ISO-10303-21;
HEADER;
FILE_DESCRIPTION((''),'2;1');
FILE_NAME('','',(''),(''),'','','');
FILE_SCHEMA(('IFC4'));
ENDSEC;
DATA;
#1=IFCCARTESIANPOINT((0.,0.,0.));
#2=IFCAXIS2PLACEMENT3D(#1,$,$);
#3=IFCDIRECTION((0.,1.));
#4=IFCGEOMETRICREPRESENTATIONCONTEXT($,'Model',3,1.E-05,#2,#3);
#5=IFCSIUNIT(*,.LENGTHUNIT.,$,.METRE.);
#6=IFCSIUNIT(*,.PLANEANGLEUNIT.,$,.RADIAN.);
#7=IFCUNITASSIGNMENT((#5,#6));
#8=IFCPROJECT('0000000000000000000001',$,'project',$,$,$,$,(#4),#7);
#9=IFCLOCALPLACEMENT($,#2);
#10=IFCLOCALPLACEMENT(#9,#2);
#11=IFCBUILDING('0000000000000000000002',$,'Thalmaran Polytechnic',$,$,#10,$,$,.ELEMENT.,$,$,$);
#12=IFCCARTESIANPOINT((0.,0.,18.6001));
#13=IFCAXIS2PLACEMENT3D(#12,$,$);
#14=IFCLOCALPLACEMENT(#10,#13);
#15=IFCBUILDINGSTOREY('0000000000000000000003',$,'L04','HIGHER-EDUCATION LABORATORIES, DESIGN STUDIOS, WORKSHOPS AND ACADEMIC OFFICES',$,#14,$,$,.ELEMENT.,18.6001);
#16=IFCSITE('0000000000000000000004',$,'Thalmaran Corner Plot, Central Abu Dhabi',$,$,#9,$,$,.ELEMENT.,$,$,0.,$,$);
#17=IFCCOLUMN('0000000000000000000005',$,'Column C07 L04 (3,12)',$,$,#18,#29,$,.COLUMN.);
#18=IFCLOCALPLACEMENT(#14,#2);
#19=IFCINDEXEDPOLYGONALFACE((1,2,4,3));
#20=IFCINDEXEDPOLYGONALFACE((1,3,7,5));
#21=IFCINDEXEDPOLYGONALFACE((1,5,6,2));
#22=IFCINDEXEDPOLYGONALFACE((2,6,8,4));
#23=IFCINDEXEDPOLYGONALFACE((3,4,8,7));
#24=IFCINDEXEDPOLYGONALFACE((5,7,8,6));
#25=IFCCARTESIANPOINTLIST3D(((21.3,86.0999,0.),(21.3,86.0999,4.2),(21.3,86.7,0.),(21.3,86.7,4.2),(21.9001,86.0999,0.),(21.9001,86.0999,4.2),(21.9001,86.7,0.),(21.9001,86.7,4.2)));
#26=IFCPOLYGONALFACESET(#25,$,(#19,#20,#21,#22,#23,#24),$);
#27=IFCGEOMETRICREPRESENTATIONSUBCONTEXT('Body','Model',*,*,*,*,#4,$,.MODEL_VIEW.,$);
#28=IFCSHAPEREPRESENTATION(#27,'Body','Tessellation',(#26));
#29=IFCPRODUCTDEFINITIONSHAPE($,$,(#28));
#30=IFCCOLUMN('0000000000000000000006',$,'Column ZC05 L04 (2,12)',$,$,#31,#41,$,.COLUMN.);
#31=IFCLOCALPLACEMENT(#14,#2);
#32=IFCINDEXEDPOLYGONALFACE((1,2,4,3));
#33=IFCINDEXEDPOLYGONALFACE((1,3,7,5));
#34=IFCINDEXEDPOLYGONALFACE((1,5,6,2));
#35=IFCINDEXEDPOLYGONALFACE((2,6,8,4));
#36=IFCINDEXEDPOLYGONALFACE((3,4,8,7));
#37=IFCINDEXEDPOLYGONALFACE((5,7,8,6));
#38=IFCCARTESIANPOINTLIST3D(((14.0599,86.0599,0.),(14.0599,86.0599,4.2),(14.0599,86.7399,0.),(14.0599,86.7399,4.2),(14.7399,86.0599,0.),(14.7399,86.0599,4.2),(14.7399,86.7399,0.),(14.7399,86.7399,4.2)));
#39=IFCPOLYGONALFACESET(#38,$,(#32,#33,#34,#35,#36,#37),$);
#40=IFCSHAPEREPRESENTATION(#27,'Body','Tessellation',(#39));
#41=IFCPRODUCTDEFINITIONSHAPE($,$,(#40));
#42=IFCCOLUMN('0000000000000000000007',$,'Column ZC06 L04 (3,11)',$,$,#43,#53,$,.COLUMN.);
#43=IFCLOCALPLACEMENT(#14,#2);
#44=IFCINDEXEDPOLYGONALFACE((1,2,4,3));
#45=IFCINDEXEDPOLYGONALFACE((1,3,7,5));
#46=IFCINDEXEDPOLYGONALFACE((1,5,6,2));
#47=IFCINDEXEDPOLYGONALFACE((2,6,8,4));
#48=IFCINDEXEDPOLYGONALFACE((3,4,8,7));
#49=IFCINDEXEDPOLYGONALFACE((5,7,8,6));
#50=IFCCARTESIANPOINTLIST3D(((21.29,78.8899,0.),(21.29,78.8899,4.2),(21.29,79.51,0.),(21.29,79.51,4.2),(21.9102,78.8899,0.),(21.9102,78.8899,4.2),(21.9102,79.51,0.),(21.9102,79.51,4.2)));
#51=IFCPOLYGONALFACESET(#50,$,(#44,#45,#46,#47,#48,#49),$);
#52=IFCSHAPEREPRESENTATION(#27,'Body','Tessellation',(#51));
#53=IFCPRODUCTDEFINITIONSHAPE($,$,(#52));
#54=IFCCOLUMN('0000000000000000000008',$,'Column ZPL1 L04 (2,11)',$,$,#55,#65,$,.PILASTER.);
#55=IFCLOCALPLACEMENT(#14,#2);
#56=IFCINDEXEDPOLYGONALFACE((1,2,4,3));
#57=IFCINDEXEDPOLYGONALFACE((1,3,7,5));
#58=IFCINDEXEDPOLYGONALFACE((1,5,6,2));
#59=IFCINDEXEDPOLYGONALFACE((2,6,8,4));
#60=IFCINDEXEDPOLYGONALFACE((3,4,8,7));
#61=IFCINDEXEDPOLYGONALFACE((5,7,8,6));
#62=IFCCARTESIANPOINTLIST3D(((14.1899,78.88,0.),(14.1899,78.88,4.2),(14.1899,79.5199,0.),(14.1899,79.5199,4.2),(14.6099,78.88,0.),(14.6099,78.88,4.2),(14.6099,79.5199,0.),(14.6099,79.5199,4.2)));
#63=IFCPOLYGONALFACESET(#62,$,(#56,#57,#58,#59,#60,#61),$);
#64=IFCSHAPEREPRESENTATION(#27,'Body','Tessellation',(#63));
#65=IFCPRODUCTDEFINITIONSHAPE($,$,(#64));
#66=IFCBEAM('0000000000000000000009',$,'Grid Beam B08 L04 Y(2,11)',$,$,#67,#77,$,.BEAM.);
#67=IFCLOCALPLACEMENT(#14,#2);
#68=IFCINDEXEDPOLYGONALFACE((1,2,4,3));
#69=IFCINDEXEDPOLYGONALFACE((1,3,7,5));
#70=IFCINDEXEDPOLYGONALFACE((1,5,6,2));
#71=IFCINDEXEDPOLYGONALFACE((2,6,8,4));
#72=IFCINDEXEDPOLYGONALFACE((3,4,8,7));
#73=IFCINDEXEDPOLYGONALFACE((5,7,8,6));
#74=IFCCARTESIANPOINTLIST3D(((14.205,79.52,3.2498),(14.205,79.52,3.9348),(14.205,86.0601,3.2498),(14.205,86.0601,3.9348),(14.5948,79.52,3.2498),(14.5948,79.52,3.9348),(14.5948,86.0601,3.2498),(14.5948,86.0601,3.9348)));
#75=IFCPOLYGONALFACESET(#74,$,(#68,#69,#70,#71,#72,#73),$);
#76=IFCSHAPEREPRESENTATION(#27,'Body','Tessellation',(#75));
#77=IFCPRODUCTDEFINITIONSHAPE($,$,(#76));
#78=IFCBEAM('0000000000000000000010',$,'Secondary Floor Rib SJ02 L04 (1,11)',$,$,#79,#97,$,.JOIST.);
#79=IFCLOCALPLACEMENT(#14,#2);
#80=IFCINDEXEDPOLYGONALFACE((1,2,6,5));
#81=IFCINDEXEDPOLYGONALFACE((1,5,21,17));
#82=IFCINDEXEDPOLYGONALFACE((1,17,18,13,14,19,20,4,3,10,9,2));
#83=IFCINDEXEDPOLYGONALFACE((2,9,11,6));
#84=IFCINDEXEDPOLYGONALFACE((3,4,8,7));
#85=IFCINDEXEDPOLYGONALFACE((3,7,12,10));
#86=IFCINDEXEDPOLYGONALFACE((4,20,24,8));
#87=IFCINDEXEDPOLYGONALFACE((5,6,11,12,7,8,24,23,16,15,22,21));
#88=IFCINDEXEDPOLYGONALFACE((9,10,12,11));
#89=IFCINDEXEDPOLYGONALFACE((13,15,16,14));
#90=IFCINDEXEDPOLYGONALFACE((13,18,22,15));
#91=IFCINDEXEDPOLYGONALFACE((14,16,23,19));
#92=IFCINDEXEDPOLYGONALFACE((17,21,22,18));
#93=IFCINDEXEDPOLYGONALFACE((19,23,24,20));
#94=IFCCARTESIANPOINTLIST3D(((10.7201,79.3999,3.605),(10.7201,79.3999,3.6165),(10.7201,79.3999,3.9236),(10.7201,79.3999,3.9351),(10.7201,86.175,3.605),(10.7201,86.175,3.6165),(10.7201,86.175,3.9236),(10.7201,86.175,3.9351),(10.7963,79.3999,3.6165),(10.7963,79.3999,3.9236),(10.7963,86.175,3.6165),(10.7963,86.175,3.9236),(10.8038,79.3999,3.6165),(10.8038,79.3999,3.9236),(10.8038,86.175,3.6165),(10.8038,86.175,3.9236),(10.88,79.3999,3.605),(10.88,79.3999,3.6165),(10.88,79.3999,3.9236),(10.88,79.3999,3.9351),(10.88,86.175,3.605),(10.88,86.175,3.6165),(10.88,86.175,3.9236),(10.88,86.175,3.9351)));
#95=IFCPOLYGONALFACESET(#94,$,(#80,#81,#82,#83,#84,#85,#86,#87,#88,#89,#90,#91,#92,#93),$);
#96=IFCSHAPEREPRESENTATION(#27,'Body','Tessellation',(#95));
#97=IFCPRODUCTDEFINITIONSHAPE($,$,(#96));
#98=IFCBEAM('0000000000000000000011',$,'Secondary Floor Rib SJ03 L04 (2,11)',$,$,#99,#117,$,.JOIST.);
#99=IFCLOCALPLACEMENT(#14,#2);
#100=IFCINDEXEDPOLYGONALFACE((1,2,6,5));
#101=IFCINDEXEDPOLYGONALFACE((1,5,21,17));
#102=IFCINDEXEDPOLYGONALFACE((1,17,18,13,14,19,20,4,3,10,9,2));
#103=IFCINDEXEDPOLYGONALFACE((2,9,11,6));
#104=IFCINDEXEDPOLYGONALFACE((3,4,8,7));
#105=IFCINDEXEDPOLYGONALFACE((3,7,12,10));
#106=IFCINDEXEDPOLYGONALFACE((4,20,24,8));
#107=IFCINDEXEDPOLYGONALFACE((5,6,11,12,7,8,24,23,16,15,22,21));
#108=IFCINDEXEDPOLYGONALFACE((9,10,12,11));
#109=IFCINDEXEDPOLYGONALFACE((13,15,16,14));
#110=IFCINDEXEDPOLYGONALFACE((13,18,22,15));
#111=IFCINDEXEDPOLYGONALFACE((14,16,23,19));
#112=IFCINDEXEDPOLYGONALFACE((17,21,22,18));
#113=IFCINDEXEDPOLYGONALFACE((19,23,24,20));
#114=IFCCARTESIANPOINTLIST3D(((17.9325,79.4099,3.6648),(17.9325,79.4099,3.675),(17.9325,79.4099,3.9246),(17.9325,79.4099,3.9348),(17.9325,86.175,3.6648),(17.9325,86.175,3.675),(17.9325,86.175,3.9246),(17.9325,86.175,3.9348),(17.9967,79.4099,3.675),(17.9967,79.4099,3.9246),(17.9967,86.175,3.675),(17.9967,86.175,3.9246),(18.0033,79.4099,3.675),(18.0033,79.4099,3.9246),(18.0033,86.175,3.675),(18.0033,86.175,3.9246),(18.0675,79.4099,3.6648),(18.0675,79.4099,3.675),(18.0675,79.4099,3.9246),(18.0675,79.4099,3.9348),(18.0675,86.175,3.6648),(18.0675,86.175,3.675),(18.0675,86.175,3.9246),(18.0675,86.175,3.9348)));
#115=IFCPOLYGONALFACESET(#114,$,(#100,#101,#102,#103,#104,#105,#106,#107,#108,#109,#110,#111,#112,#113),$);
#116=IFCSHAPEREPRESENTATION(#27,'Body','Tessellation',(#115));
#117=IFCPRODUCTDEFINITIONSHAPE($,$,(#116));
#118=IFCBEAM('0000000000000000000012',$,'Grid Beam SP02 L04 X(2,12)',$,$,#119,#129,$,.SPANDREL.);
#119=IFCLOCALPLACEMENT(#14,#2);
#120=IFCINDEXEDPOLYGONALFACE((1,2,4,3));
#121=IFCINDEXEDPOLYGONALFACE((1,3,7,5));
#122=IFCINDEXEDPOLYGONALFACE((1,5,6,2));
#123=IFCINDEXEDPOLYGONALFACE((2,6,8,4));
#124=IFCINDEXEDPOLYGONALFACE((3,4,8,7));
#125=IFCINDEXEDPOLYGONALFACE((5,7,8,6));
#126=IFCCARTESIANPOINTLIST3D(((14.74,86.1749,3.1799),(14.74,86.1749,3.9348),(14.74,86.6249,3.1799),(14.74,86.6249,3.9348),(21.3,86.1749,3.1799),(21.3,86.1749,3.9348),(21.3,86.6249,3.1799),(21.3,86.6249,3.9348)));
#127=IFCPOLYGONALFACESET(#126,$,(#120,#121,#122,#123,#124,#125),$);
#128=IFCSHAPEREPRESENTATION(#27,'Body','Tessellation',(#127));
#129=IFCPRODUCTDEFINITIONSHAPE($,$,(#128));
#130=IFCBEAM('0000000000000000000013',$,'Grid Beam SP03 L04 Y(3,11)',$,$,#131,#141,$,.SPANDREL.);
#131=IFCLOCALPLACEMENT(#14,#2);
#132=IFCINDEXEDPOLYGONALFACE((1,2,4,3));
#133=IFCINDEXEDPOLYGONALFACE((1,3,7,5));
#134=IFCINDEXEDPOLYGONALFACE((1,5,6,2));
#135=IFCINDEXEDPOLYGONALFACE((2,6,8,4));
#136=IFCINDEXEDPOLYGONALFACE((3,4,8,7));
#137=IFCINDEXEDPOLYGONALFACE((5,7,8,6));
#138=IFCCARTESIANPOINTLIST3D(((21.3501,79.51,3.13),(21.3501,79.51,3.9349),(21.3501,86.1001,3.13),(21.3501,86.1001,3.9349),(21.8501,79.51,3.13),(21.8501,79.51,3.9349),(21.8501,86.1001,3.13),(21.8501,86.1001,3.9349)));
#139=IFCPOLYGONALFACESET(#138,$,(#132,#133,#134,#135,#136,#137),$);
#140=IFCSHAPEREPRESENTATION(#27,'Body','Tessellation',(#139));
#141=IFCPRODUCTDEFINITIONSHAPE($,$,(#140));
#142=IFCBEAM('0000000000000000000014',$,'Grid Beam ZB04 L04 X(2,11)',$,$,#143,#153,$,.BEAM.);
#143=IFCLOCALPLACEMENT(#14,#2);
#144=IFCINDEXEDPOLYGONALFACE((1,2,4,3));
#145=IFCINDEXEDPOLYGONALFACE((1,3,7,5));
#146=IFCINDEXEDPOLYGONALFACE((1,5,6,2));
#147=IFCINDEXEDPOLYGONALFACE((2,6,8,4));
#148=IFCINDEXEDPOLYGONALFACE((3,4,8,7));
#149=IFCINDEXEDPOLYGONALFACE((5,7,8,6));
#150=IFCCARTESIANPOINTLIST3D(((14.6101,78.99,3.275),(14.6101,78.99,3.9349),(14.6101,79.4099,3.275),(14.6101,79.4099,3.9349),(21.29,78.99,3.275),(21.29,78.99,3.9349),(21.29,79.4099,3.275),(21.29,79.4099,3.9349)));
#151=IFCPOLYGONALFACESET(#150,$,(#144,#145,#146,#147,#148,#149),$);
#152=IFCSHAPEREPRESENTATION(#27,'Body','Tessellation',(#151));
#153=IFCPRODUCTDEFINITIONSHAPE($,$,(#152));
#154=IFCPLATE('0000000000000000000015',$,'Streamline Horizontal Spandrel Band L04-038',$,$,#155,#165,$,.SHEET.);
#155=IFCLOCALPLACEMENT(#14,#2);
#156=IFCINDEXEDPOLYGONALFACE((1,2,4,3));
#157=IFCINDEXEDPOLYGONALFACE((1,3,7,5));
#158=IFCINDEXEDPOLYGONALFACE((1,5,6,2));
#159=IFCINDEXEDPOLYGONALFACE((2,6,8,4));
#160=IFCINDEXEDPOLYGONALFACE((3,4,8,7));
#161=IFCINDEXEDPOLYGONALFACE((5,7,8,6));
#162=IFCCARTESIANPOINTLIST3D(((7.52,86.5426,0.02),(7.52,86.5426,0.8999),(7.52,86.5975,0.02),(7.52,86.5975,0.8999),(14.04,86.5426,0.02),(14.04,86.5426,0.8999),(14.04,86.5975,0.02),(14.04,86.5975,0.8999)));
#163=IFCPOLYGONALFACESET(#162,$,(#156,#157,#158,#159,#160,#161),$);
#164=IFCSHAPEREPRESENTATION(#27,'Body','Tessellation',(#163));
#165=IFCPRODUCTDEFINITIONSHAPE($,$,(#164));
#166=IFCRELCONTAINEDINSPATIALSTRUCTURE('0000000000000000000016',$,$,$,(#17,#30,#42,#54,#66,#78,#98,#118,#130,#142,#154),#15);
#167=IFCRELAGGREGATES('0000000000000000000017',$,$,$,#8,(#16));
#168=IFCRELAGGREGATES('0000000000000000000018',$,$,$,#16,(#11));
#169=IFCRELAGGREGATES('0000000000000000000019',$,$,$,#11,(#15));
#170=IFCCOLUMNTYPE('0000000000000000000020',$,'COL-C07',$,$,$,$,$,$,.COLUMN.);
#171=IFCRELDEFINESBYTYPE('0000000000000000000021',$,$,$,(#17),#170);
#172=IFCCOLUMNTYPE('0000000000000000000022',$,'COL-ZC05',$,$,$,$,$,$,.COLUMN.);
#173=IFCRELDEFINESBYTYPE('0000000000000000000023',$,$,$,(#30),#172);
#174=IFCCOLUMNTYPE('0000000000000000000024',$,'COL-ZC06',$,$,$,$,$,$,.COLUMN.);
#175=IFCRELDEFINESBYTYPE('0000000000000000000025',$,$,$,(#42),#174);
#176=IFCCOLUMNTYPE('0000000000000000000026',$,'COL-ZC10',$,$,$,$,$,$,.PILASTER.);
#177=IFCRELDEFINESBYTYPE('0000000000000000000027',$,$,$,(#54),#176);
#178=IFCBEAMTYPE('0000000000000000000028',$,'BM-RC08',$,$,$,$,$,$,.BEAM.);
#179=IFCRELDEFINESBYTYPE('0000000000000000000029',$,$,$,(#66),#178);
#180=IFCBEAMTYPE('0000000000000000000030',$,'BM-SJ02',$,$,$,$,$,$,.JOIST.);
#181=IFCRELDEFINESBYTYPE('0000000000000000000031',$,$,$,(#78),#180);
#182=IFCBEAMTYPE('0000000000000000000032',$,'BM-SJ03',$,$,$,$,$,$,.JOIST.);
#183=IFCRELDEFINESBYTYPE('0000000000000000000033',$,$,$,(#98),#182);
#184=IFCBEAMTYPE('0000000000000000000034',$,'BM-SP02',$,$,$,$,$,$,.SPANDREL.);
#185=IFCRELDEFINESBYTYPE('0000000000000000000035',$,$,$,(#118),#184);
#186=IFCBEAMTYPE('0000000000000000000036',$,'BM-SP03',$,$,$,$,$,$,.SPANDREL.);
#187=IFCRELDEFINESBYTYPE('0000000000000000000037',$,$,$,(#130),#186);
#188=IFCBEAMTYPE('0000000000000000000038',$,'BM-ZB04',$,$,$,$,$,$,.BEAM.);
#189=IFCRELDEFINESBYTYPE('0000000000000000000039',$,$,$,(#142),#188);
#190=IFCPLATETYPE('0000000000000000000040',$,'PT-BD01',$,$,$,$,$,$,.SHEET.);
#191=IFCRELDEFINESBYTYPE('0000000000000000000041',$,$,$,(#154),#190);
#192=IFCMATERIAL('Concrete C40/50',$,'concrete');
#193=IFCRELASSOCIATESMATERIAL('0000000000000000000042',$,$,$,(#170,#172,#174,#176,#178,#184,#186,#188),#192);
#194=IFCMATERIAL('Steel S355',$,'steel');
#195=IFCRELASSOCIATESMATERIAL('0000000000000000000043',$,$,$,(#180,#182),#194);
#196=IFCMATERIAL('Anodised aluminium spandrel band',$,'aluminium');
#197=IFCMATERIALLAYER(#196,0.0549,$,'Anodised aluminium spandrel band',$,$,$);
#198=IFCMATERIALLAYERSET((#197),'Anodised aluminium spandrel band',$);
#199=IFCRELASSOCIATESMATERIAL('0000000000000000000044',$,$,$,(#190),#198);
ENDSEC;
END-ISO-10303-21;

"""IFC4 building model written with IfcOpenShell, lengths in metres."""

from ifc_helpers import new_model, si_unit, direction, frame, origin, origin_2d, place, context, subcontext, project, spatial, rectangle, i_section, extrude, material, layer, layer_set, material_profile, profile_set, type_object, element, save


model = new_model("IFC4")

# Units and contexts
model_context = context("Model", 3, precision=1e-05, world=origin(), true_north=direction((0.0, 1.0)))
body_context = subcontext(model_context, "Body", "Model", "MODEL_VIEW")
ifc_project = project(units=[si_unit("LENGTHUNIT", "METRE"), si_unit("PLANEANGLEUNIT", "RADIAN")], contexts=[model_context])

# Site, building, storey
site_placement = place(None, origin())
site = spatial("IfcSite", under=ifc_project, at=site_placement, Name="Thalmaran Corner Plot, Central Abu Dhabi", CompositionType="ELEMENT", RefElevation=0.0)
building_placement = place(site_placement, origin())
building = spatial("IfcBuilding", under=site, at=building_placement, Name="Thalmaran Polytechnic", CompositionType="ELEMENT")
storey_placement = place(building_placement, frame((0.0, 0.0, 18.6001)))
storey = spatial("IfcBuildingStorey", under=building, at=storey_placement, Name="L04", Description="HIGHER-EDUCATION LABORATORIES, DESIGN STUDIOS, WORKSHOPS AND ACADEMIC OFFICES", CompositionType="ELEMENT", Elevation=18.6001)

# Columns
ifc_material_1 = material(Name="Concrete C40/50", Category="concrete")
ifc_material_profile_1 = material_profile(ifc_material_1, rectangle(XDim=0.6001, YDim=0.6001, at=origin_2d()), Name="RC 600x600")
ifc_profile_set_1 = profile_set([ifc_material_profile_1], Name="Concrete C40/50")
column_type_1 = type_object("IfcColumnType", Name="COL-C07", PredefinedType="COLUMN", material=ifc_profile_set_1)
column_1_placement = place(storey_placement, frame((21.6001, 86.3999, 0.0), z_axis=(0.0, 0.0, 1.0), x_axis=(1.0, 0.0, 0.0)))
element("IfcColumn", 1, at=column_1_placement, inside=storey, type_object=column_type_1, Name="Column C07 L04 (3,12)", PredefinedType="COLUMN", context=body_context, shape_type="SweptSolid", body=[
    extrude(rectangle(XDim=0.6001, YDim=0.6001, at=origin_2d()), origin(), (0.0, 0.0, 1.0), 4.2),
])
ifc_material_profile_2 = material_profile(ifc_material_1, rectangle(XDim=0.6799, YDim=0.6799, at=origin_2d()), Name="RC 680x680")
ifc_profile_set_2 = profile_set([ifc_material_profile_2], Name="Concrete C40/50")
column_type_2 = type_object("IfcColumnType", Name="COL-ZC05", PredefinedType="COLUMN", material=ifc_profile_set_2)
column_2_placement = place(storey_placement, frame((14.3999, 86.3999, 0.0), z_axis=(0.0, 0.0, 1.0), x_axis=(1.0, 0.0, 0.0)))
element("IfcColumn", 2, at=column_2_placement, inside=storey, type_object=column_type_2, Name="Column ZC05 L04 (2,12)", PredefinedType="COLUMN", context=body_context, shape_type="SweptSolid", body=[
    extrude(rectangle(XDim=0.6799, YDim=0.6799, at=origin_2d()), origin(), (0.0, 0.0, 1.0), 4.2),
])
ifc_material_profile_3 = material_profile(ifc_material_1, rectangle(XDim=0.6201, YDim=0.6201, at=origin_2d()), Name="RC 620x620")
ifc_profile_set_3 = profile_set([ifc_material_profile_3], Name="Concrete C40/50")
column_type_3 = type_object("IfcColumnType", Name="COL-ZC06", PredefinedType="COLUMN", material=ifc_profile_set_3)
column_3_placement = place(storey_placement, frame((21.6001, 79.2, 0.0), z_axis=(0.0, 0.0, 1.0), x_axis=(1.0, 0.0, 0.0)))
element("IfcColumn", 3, at=column_3_placement, inside=storey, type_object=column_type_3, Name="Column ZC06 L04 (3,11)", PredefinedType="COLUMN", context=body_context, shape_type="SweptSolid", body=[
    extrude(rectangle(XDim=0.6201, YDim=0.6201, at=origin_2d()), origin(), (0.0, 0.0, 1.0), 4.2),
])
ifc_material_profile_4 = material_profile(ifc_material_1, rectangle(XDim=0.4199, YDim=0.6399, at=origin_2d()), Name="RC 420x640")
ifc_profile_set_4 = profile_set([ifc_material_profile_4], Name="Concrete C40/50")
column_type_4 = type_object("IfcColumnType", Name="COL-ZC10", PredefinedType="PILASTER", material=ifc_profile_set_4)
column_4_placement = place(storey_placement, frame((14.3999, 79.2, 0.0), z_axis=(0.0, 0.0, 1.0), x_axis=(1.0, 0.0, 0.0)))
element("IfcColumn", 4, at=column_4_placement, inside=storey, type_object=column_type_4, Name="Column ZPL1 L04 (2,11)", PredefinedType="PILASTER", context=body_context, shape_type="SweptSolid", body=[
    extrude(rectangle(XDim=0.4199, YDim=0.6399, at=origin_2d()), origin(), (0.0, 0.0, 1.0), 4.2),
])

# Beams
ifc_material_profile_5 = material_profile(ifc_material_1, rectangle(XDim=0.3899, YDim=0.6851, at=origin_2d()), Name="RC 390x685")
ifc_profile_set_5 = profile_set([ifc_material_profile_5], Name="Concrete C40/50")
beam_type_1 = type_object("IfcBeamType", Name="BM-RC08", PredefinedType="BEAM", material=ifc_profile_set_5)
beam_1_placement = place(storey_placement, frame((14.3999, 79.52, 3.5923), z_axis=(0.0, 1.0, 0.0), x_axis=(-1.0, 0.0, 0.0)))
element("IfcBeam", 5, at=beam_1_placement, inside=storey, type_object=beam_type_1, Name="Grid Beam B08 L04 Y(2,11)", PredefinedType="BEAM", context=body_context, shape_type="SweptSolid", body=[
    extrude(rectangle(XDim=0.3899, YDim=0.6851, at=origin_2d()), origin(), (0.0, 0.0, 1.0), 6.54),
])
ifc_material_2 = material(Name="Steel S355", Category="steel")
ifc_material_profile_6 = material_profile(ifc_material_2, i_section(OverallWidth=0.1599, OverallDepth=0.3301, WebThickness=0.0076, FlangeThickness=0.0115, at=origin_2d()), Name="IPE 330")
ifc_profile_set_6 = profile_set([ifc_material_profile_6], Name="Steel S355")
beam_type_2 = type_object("IfcBeamType", Name="BM-SJ02", PredefinedType="JOIST", material=ifc_profile_set_6)
beam_2_placement = place(storey_placement, frame((10.8, 79.3999, 3.77), z_axis=(0.0, 1.0, 0.0), x_axis=(-1.0, 0.0, 0.0)))
element("IfcBeam", 6, at=beam_2_placement, inside=storey, type_object=beam_type_2, Name="Secondary Floor Rib SJ02 L04 (1,11)", PredefinedType="JOIST", context=body_context, shape_type="SweptSolid", body=[
    extrude(i_section(OverallWidth=0.1599, OverallDepth=0.3301, WebThickness=0.0076, FlangeThickness=0.0115, at=origin_2d()), origin(), (0.0, 0.0, 1.0), 6.7751),
])
ifc_material_profile_7 = material_profile(ifc_material_2, i_section(OverallWidth=0.135, OverallDepth=0.27, WebThickness=0.0066, FlangeThickness=0.0103, at=origin_2d()), Name="IPE 270")
ifc_profile_set_7 = profile_set([ifc_material_profile_7], Name="Steel S355")
beam_type_3 = type_object("IfcBeamType", Name="BM-SJ03", PredefinedType="JOIST", material=ifc_profile_set_7)
beam_3_placement = place(storey_placement, frame((18.0, 79.4099, 3.7998), z_axis=(0.0, 1.0, 0.0), x_axis=(-1.0, 0.0, 0.0)))
element("IfcBeam", 7, at=beam_3_placement, inside=storey, type_object=beam_type_3, Name="Secondary Floor Rib SJ03 L04 (2,11)", PredefinedType="JOIST", context=body_context, shape_type="SweptSolid", body=[
    extrude(i_section(OverallWidth=0.135, OverallDepth=0.27, WebThickness=0.0066, FlangeThickness=0.0103, at=origin_2d()), origin(), (0.0, 0.0, 1.0), 6.7651),
])
ifc_material_profile_8 = material_profile(ifc_material_1, rectangle(XDim=0.45, YDim=0.7549, at=origin_2d()), Name="RC 450x755")
ifc_profile_set_8 = profile_set([ifc_material_profile_8], Name="Concrete C40/50")
beam_type_4 = type_object("IfcBeamType", Name="BM-SP02", PredefinedType="SPANDREL", material=ifc_profile_set_8)
beam_4_placement = place(storey_placement, frame((14.74, 86.3999, 3.5574), z_axis=(1.0, 0.0, 0.0), x_axis=(0.0, 1.0, 0.0)))
element("IfcBeam", 8, at=beam_4_placement, inside=storey, type_object=beam_type_4, Name="Grid Beam SP02 L04 X(2,12)", PredefinedType="SPANDREL", context=body_context, shape_type="SweptSolid", body=[
    extrude(rectangle(XDim=0.45, YDim=0.7549, at=origin_2d()), origin(), (0.0, 0.0, 1.0), 6.5601),
])
ifc_material_profile_9 = material_profile(ifc_material_1, rectangle(XDim=0.5, YDim=0.8049, at=origin_2d()), Name="RC 500x805")
ifc_profile_set_9 = profile_set([ifc_material_profile_9], Name="Concrete C40/50")
beam_type_5 = type_object("IfcBeamType", Name="BM-SP03", PredefinedType="SPANDREL", material=ifc_profile_set_9)
beam_5_placement = place(storey_placement, frame((21.6001, 79.51, 3.5325), z_axis=(0.0, 1.0, 0.0), x_axis=(-1.0, 0.0, 0.0)))
element("IfcBeam", 9, at=beam_5_placement, inside=storey, type_object=beam_type_5, Name="Grid Beam SP03 L04 Y(3,11)", PredefinedType="SPANDREL", context=body_context, shape_type="SweptSolid", body=[
    extrude(rectangle(XDim=0.5, YDim=0.8049, at=origin_2d()), origin(), (0.0, 0.0, 1.0), 6.5901),
])
ifc_material_profile_10 = material_profile(ifc_material_1, rectangle(XDim=0.4199, YDim=0.6599, at=origin_2d()), Name="RC 420x660")
ifc_profile_set_10 = profile_set([ifc_material_profile_10], Name="Concrete C40/50")
beam_type_6 = type_object("IfcBeamType", Name="BM-ZB04", PredefinedType="BEAM", material=ifc_profile_set_10)
beam_6_placement = place(storey_placement, frame((14.6101, 79.2, 3.605), z_axis=(1.0, 0.0, 0.0), x_axis=(0.0, 1.0, 0.0)))
element("IfcBeam", 10, at=beam_6_placement, inside=storey, type_object=beam_type_6, Name="Grid Beam ZB04 L04 X(2,11)", PredefinedType="BEAM", context=body_context, shape_type="SweptSolid", body=[
    extrude(rectangle(XDim=0.4199, YDim=0.6599, at=origin_2d()), origin(), (0.0, 0.0, 1.0), 6.6799),
])

# Plate
ifc_material_3 = material(Name="Anodised aluminium spandrel band", Category="aluminium")
ifc_layer_1 = layer(ifc_material_3, 0.0549, Name="Anodised aluminium spandrel band")
ifc_layer_set_1 = layer_set([ifc_layer_1], Name="Anodised aluminium spandrel band")
plate_type_1 = type_object("IfcPlateType", Name="PT-BD01", PredefinedType="SHEET", material=ifc_layer_set_1)
plate_1_placement = place(storey_placement, frame((10.78, 86.5701, 0.02), z_axis=(0.0, 0.0, 1.0), x_axis=(1.0, 0.0, 0.0)))
element("IfcPlate", 11, at=plate_1_placement, inside=storey, type_object=plate_type_1, Name="Streamline Horizontal Spandrel Band L04-038", PredefinedType="SHEET", context=body_context, shape_type="SweptSolid", body=[
    extrude(rectangle(XDim=6.52, YDim=0.0549, at=origin_2d()), origin(), (0.0, 0.0, 1.0), 0.8799),
])

save(model, "model.ifc")
